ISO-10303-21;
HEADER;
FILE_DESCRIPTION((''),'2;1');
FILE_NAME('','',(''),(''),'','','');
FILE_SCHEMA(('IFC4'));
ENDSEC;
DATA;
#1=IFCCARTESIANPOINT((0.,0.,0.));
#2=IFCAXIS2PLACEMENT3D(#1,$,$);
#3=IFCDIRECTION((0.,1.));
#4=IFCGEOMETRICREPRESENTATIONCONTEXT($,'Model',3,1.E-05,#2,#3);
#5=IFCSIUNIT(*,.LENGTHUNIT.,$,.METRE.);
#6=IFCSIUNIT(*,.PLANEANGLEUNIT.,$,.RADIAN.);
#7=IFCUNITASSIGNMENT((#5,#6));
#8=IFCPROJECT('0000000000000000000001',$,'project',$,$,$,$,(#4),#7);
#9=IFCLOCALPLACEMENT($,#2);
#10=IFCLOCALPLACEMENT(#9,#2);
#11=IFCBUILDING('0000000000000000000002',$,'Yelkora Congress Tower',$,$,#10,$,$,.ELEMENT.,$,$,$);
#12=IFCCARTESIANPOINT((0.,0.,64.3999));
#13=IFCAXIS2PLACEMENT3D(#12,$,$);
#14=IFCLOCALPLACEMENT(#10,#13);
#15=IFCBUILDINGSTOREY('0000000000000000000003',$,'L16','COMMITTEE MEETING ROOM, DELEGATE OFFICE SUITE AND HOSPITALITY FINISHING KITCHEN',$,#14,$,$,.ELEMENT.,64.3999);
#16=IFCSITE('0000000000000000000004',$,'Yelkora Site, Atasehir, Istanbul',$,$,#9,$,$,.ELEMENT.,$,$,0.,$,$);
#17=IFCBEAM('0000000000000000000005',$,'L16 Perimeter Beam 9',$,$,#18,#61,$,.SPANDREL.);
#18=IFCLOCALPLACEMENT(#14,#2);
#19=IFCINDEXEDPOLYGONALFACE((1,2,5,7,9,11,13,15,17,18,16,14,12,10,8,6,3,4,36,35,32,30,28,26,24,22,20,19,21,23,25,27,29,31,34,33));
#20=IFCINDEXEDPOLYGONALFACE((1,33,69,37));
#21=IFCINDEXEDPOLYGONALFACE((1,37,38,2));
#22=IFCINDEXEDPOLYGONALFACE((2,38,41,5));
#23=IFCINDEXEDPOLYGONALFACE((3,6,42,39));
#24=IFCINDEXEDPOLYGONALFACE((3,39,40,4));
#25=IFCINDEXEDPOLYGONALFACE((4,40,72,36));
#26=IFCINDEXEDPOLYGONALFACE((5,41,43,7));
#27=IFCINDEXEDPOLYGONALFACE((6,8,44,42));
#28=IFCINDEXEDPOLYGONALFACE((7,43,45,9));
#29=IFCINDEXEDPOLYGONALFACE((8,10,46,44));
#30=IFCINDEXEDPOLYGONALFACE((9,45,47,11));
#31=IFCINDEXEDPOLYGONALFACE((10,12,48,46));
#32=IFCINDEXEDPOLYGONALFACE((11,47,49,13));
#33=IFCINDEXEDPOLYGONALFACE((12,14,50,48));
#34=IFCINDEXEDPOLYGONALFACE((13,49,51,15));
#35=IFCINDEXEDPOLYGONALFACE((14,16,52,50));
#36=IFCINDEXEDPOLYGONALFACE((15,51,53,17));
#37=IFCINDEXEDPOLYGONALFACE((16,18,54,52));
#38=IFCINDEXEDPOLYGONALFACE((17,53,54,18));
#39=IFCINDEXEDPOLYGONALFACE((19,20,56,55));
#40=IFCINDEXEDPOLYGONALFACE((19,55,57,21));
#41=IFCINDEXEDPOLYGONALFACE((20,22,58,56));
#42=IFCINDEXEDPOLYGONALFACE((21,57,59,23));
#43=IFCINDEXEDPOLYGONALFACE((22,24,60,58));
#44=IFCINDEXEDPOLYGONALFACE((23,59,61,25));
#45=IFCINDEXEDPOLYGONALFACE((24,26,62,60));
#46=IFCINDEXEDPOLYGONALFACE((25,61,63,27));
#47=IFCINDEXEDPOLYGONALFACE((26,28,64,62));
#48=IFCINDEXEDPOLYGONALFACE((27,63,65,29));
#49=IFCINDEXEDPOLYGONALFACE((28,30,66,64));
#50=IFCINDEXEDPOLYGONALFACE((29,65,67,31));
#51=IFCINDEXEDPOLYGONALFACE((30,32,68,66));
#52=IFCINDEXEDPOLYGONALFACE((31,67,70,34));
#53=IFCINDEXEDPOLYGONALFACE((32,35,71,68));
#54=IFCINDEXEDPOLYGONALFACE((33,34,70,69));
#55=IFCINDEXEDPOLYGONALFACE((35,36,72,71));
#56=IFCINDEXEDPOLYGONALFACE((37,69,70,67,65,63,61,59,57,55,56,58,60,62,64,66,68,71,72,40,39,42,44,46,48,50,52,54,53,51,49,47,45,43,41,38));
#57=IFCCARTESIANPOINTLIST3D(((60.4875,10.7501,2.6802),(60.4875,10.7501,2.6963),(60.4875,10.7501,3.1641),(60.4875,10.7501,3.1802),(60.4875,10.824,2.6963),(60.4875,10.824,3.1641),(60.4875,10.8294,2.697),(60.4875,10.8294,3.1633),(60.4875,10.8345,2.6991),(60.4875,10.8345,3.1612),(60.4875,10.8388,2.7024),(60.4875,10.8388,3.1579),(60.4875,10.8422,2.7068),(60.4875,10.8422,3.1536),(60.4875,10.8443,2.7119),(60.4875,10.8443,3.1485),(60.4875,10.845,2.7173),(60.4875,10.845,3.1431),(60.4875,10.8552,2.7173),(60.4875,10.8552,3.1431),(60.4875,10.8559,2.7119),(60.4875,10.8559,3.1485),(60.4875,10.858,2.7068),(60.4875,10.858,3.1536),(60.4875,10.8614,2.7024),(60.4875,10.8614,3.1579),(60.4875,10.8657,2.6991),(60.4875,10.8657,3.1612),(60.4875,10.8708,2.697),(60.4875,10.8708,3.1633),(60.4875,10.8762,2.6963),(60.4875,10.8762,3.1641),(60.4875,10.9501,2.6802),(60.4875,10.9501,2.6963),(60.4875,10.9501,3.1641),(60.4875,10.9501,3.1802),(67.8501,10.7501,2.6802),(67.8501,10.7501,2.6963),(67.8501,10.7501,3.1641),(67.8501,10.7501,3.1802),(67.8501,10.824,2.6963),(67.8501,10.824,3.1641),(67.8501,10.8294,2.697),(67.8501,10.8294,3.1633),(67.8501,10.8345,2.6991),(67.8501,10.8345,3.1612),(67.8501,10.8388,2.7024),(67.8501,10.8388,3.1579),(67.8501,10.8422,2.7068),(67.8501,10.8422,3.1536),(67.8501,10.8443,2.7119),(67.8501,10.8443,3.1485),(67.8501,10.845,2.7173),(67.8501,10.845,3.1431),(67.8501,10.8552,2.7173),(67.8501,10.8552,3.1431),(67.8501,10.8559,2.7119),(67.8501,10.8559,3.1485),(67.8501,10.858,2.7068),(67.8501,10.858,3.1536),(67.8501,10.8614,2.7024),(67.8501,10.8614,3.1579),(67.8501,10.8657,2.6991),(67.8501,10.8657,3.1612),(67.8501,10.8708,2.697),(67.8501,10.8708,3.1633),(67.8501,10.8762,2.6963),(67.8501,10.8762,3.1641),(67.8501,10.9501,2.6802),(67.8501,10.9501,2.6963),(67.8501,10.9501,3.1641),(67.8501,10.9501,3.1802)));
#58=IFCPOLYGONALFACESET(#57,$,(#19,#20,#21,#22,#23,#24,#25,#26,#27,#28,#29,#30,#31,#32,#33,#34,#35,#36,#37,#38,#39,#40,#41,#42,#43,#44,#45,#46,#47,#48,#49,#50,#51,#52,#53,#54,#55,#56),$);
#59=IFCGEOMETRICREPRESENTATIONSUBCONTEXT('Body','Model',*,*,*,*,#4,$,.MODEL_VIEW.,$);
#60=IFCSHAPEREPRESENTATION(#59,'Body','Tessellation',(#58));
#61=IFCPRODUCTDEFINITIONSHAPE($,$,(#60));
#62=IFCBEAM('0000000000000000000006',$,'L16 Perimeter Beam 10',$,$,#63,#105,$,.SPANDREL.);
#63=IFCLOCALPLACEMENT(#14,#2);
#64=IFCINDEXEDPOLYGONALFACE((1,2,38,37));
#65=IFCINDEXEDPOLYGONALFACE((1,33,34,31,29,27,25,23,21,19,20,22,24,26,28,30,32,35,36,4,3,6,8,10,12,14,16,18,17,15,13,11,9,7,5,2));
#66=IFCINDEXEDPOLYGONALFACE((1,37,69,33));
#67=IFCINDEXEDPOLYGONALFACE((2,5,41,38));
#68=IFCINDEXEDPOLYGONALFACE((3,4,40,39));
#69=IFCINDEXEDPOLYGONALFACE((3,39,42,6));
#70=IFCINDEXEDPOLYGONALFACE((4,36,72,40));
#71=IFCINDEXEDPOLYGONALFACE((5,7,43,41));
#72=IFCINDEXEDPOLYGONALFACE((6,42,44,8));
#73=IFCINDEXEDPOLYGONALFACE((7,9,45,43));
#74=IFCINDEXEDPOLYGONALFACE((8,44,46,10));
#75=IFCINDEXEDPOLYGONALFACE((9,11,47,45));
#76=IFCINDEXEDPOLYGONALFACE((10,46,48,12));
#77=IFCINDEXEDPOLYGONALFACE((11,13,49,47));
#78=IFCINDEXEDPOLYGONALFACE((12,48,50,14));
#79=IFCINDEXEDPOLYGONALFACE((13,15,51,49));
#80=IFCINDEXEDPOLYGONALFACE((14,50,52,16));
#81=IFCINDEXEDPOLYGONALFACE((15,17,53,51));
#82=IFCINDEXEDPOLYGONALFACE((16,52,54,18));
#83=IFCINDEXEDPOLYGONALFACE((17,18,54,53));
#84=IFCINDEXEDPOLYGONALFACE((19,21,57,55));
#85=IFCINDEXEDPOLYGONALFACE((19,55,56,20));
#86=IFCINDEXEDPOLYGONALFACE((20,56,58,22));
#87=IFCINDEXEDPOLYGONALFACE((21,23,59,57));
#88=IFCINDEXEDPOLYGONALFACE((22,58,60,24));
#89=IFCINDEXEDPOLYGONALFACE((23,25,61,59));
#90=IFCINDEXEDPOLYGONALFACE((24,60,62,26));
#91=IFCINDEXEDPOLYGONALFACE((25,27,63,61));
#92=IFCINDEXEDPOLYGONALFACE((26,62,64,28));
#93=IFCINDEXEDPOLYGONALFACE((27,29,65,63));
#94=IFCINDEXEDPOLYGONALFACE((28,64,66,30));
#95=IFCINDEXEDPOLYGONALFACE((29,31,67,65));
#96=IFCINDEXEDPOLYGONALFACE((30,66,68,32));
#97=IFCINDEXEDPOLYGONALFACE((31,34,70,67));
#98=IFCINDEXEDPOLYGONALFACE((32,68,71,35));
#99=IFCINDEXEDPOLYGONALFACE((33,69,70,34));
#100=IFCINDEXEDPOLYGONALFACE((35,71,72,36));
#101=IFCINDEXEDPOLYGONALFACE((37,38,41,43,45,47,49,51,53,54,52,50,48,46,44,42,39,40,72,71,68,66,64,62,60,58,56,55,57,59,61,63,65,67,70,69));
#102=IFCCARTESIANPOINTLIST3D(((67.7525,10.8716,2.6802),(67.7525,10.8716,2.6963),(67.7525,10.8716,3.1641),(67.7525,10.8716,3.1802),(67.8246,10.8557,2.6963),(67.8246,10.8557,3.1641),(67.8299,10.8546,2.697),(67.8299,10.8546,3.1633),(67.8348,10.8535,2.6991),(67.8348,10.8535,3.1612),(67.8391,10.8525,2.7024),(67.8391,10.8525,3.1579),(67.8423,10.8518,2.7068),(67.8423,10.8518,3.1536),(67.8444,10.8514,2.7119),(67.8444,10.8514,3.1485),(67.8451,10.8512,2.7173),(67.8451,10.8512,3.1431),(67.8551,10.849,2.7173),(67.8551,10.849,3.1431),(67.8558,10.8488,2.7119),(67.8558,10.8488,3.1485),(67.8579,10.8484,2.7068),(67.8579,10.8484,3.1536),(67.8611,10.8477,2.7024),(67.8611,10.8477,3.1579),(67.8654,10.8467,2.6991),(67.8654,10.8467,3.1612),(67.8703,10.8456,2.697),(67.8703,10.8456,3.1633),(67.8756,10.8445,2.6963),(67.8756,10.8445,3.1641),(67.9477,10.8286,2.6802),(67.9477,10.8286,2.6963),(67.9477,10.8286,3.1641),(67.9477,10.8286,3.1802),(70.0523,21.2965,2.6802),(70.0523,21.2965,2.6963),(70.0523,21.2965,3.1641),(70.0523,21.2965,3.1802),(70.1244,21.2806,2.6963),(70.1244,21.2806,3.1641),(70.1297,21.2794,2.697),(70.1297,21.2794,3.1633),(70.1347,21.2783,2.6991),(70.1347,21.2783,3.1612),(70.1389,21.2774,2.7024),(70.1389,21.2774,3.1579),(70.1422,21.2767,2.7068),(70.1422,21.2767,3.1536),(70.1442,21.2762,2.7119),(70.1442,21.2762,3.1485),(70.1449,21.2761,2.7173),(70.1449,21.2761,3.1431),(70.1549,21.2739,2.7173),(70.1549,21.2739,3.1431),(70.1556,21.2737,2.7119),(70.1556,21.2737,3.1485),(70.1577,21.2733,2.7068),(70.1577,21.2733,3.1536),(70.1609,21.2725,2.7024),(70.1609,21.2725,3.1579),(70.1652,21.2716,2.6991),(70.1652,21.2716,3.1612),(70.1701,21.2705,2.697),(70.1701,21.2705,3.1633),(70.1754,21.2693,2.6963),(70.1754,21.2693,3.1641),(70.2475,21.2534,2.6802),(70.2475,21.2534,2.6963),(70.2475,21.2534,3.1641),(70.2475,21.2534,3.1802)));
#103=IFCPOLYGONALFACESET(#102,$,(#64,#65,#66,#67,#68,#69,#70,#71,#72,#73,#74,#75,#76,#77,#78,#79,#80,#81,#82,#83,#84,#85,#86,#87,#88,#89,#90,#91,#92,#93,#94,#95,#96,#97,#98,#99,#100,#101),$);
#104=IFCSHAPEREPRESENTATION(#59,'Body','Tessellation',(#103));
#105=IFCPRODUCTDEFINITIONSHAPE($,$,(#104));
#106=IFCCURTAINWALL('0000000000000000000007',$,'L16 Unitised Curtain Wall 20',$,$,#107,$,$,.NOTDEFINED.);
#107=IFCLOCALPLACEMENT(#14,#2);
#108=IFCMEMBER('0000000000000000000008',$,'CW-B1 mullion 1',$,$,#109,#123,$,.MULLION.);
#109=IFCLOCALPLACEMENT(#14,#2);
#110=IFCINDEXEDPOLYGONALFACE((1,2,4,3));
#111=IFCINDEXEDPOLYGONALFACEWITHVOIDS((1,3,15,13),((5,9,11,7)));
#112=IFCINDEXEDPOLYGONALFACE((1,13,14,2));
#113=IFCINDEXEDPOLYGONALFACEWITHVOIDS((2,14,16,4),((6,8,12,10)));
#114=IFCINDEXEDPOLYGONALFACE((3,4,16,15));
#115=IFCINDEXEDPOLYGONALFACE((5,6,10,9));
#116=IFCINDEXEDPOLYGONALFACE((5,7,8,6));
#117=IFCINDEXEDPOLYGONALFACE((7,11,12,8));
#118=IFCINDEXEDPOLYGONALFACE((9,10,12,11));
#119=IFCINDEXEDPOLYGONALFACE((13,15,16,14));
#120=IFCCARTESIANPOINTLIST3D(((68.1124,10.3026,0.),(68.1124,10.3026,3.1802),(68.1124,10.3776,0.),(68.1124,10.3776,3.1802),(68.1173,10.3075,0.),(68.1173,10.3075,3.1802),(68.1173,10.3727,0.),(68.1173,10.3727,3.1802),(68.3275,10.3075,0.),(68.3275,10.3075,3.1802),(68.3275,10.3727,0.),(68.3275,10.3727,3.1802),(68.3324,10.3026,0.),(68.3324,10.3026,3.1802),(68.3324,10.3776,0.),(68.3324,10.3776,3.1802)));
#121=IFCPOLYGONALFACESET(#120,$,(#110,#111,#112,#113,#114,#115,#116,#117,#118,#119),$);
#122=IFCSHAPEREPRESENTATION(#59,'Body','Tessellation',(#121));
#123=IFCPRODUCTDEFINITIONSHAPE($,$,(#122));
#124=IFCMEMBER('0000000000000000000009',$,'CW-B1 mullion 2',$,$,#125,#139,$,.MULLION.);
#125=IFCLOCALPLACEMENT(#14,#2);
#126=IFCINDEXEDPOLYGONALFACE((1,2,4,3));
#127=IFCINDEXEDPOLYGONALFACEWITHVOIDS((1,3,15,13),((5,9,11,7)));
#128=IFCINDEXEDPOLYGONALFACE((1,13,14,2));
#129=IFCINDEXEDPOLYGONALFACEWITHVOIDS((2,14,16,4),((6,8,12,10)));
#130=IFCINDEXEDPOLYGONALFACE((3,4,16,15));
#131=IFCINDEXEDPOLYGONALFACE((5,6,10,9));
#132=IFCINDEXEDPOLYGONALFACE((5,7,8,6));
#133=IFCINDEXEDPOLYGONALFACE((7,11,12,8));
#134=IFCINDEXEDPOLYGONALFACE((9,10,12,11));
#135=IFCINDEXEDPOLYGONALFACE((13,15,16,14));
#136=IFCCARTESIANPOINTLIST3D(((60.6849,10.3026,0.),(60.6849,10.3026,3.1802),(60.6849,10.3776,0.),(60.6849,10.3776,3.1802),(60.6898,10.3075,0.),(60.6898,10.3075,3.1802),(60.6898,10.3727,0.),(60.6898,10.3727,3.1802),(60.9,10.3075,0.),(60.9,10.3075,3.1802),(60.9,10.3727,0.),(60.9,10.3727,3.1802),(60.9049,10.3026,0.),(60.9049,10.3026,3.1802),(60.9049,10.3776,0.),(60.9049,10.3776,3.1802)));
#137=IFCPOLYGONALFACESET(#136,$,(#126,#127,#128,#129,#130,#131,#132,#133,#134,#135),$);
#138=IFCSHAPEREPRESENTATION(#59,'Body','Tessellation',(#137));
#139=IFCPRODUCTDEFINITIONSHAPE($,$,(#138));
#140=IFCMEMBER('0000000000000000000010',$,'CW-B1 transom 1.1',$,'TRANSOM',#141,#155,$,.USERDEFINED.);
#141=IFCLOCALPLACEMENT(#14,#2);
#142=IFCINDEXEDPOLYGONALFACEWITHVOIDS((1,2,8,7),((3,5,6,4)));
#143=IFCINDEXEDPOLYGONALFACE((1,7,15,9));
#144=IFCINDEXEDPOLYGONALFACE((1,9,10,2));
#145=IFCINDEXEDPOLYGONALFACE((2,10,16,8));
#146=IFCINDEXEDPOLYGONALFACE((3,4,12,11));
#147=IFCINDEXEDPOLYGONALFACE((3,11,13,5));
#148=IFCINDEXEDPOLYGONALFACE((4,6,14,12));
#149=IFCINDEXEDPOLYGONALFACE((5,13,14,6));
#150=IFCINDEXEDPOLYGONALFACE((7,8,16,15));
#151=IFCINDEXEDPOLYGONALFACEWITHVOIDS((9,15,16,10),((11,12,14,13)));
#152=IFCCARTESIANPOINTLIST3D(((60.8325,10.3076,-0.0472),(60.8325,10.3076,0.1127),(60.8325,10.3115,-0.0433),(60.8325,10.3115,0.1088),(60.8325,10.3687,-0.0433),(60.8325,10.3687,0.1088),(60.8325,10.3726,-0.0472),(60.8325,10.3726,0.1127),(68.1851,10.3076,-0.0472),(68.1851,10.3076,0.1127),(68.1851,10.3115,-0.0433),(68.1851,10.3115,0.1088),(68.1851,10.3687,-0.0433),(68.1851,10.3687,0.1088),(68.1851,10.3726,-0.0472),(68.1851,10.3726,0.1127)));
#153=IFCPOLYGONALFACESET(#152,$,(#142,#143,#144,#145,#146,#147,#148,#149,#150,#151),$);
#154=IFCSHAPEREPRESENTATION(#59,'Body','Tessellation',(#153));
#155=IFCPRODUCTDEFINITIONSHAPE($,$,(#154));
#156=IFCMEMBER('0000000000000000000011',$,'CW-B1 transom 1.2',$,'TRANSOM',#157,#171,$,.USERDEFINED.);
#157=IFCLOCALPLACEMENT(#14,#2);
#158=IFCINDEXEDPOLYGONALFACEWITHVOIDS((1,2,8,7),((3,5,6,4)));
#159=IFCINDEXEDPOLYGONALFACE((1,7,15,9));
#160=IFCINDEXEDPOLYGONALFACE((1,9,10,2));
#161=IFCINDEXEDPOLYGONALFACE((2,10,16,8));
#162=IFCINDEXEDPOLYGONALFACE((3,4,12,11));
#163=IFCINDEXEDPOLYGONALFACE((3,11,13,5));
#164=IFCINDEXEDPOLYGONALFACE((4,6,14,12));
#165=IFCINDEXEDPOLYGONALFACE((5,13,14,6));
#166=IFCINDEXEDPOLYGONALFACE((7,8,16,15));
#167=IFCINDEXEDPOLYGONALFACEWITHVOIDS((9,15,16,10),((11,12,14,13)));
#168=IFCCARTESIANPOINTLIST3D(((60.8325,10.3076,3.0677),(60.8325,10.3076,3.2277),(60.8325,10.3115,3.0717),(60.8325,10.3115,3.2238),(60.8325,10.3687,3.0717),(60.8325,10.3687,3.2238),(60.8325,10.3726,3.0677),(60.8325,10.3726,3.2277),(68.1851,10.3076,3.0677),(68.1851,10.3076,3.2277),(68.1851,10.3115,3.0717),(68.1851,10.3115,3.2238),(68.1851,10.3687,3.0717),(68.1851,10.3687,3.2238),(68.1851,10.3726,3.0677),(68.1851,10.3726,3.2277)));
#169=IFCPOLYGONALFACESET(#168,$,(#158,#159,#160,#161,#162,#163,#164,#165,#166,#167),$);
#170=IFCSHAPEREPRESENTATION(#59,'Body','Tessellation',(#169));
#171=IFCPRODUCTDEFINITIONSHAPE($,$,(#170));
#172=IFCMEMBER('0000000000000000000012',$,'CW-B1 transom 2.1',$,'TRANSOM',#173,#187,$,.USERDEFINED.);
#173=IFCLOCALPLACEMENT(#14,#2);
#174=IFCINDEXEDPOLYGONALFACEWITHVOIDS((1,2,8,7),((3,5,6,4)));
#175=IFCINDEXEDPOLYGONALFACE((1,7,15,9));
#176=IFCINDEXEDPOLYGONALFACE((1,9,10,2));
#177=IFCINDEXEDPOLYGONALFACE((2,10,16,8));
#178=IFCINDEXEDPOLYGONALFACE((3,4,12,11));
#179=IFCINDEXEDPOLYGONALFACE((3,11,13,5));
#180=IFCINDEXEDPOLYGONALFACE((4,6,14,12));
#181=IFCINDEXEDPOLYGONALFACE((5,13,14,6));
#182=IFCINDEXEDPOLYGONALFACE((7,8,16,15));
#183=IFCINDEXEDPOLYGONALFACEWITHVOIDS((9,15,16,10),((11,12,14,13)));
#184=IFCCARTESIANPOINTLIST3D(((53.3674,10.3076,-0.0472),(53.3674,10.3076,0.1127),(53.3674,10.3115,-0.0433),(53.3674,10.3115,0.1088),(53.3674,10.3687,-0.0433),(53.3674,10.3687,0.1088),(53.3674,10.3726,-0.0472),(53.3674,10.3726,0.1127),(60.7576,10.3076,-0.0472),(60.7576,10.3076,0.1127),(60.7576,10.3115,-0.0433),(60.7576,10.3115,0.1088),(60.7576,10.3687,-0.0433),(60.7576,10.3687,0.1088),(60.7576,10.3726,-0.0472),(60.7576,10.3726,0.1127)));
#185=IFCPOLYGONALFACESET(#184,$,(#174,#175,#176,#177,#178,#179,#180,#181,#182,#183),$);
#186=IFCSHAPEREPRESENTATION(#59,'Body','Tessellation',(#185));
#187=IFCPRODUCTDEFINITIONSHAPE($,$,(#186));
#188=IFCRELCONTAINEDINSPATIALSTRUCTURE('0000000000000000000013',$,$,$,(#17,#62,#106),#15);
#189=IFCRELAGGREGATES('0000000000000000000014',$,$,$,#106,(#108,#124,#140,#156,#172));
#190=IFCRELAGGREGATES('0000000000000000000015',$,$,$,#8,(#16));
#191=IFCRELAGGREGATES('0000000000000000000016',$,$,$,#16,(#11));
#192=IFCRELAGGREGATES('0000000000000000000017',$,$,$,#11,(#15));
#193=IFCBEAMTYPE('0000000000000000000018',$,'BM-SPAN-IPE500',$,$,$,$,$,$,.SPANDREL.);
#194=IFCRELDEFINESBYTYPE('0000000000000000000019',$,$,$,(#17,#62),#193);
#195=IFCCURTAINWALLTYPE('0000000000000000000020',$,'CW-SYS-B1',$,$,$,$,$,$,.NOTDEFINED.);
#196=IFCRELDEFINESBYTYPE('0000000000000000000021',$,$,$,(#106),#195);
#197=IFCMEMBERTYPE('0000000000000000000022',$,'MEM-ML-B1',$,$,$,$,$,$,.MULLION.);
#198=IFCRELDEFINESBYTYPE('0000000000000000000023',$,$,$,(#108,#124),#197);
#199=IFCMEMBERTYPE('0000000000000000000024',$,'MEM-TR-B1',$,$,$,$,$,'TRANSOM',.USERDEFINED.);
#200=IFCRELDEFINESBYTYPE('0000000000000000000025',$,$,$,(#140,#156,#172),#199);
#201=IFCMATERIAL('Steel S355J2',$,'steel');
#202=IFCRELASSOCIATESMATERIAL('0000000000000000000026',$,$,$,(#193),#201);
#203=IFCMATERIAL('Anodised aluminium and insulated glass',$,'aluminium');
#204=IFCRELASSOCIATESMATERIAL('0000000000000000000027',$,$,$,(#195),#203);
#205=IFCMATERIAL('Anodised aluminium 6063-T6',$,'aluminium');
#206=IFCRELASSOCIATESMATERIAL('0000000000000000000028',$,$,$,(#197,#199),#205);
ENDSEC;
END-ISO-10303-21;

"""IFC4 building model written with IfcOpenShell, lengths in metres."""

from ifc_helpers import new_model, si_unit, direction, frame, origin, origin_2d, place, context, subcontext, project, spatial, hollow_rectangle, i_section, extrude, material, material_profile, profile_set, type_object, element, aggregate, save


model = new_model("IFC4")

# Units and contexts
model_context = context("Model", 3, precision=1e-05, world=origin(), true_north=direction((0.0, 1.0)))
body_context = subcontext(model_context, "Body", "Model", "MODEL_VIEW")
ifc_project = project(units=[si_unit("LENGTHUNIT", "METRE"), si_unit("PLANEANGLEUNIT", "RADIAN")], contexts=[model_context])

# Site, building, storey
site_placement = place(None, origin())
site = spatial("IfcSite", under=ifc_project, at=site_placement, Name="Yelkora Site, Atasehir, Istanbul", CompositionType="ELEMENT", RefElevation=0.0)
building_placement = place(site_placement, origin())
building = spatial("IfcBuilding", under=site, at=building_placement, Name="Yelkora Congress Tower", CompositionType="ELEMENT")
storey_placement = place(building_placement, frame((0.0, 0.0, 64.3999)))
storey = spatial("IfcBuildingStorey", under=building, at=storey_placement, Name="L16", Description="COMMITTEE MEETING ROOM, DELEGATE OFFICE SUITE AND HOSPITALITY FINISHING KITCHEN", CompositionType="ELEMENT", Elevation=64.3999)

# Beams
ifc_material_1 = material(Name="Steel S355J2", Category="steel")
ifc_material_profile_1 = material_profile(ifc_material_1, i_section(OverallWidth=0.2, OverallDepth=0.5, WebThickness=0.0103, FlangeThickness=0.0161, FilletRadius=0.021, at=origin_2d()), Name="IPE 500")
ifc_profile_set_1 = profile_set([ifc_material_profile_1], Name="Steel S355J2")
beam_type_1 = type_object("IfcBeamType", Name="BM-SPAN-IPE500", PredefinedType="SPANDREL", material=ifc_profile_set_1)
beam_1_placement = place(storey_placement, frame((60.4875, 10.8501, 2.9302), z_axis=(1.0, 0.0, 0.0), x_axis=(0.0, 1.0, 0.0)))
element("IfcBeam", 1, at=beam_1_placement, inside=storey, type_object=beam_type_1, Name="L16 Perimeter Beam 9", PredefinedType="SPANDREL", context=body_context, shape_type="SweptSolid", body=[
    extrude(i_section(OverallWidth=0.2, OverallDepth=0.5, WebThickness=0.0103, FlangeThickness=0.0161, FilletRadius=0.021, at=origin_2d()), origin(), (0.0, 0.0, 1.0), 7.3625),
])
beam_2_placement = place(storey_placement, frame((67.8501, 10.8501, 2.9302), z_axis=(0.215429, 0.97652, 0.0), x_axis=(-0.97652, 0.215429, 0.0)))
element("IfcBeam", 2, at=beam_2_placement, inside=storey, type_object=beam_type_1, Name="L16 Perimeter Beam 10", PredefinedType="SPANDREL", context=body_context, shape_type="SweptSolid", body=[
    extrude(i_section(OverallWidth=0.2, OverallDepth=0.5, WebThickness=0.0103, FlangeThickness=0.0161, FilletRadius=0.021, at=origin_2d()), origin(), (0.0, 0.0, 1.0), 10.6755),
])

# Curtain wall, members
ifc_material_2 = material(Name="Anodised aluminium and insulated glass", Category="aluminium")
curtain_wall_type = type_object("IfcCurtainWallType", Name="CW-SYS-B1", PredefinedType="NOTDEFINED", material=ifc_material_2)
curtain_wall_placement = place(storey_placement, origin())
curtain_wall = element("IfcCurtainWall", 3, at=curtain_wall_placement, inside=storey, type_object=curtain_wall_type, Name="L16 Unitised Curtain Wall 20", PredefinedType="NOTDEFINED")
ifc_material_3 = material(Name="Anodised aluminium 6063-T6", Category="aluminium")
ifc_material_profile_2 = material_profile(ifc_material_3, hollow_rectangle(XDim=0.075, YDim=0.22, WallThickness=0.0049, at=origin_2d()), Name="ALU 75x220x5")
ifc_profile_set_2 = profile_set([ifc_material_profile_2], Name="Anodised aluminium 6063-T6")
member_type_1 = type_object("IfcMemberType", Name="MEM-ML-B1", PredefinedType="MULLION", material=ifc_profile_set_2)
member_1_placement = place(storey_placement, frame((68.2224, 10.3401, 0.0), z_axis=(0.0, 0.0, 1.0), x_axis=(0.0, -1.0, 0.0)))
member_1 = element("IfcMember", 4, at=member_1_placement, type_object=member_type_1, Name="CW-B1 mullion 1", PredefinedType="MULLION", context=body_context, shape_type="SweptSolid", body=[
    extrude(hollow_rectangle(XDim=0.075, YDim=0.22, WallThickness=0.0049, at=origin_2d()), origin(), (0.0, 0.0, 1.0), 3.1802),
])
member_2_placement = place(storey_placement, frame((60.7949, 10.3401, 0.0), z_axis=(0.0, 0.0, 1.0), x_axis=(0.0, -1.0, 0.0)))
member_2 = element("IfcMember", 5, at=member_2_placement, type_object=member_type_1, Name="CW-B1 mullion 2", PredefinedType="MULLION", context=body_context, shape_type="SweptSolid", body=[
    extrude(hollow_rectangle(XDim=0.075, YDim=0.22, WallThickness=0.0049, at=origin_2d()), origin(), (0.0, 0.0, 1.0), 3.1802),
])
ifc_material_profile_3 = material_profile(ifc_material_3, hollow_rectangle(XDim=0.0649, YDim=0.1599, WallThickness=0.0039, at=origin_2d()), Name="ALU 65x160x4")
ifc_profile_set_3 = profile_set([ifc_material_profile_3], Name="Anodised aluminium 6063-T6")
member_type_2 = type_object("IfcMemberType", Name="MEM-TR-B1", ElementType="TRANSOM", PredefinedType="USERDEFINED", material=ifc_profile_set_3)
member_3_placement = place(storey_placement, frame((68.1851, 10.3401, 0.0327), z_axis=(-1.0, 0.0, 0.0), x_axis=(0.0, -1.0, 0.0)))
member_3 = element("IfcMember", 6, at=member_3_placement, type_object=member_type_2, Name="CW-B1 transom 1.1", ObjectType="TRANSOM", PredefinedType="USERDEFINED", context=body_context, shape_type="SweptSolid", body=[
    extrude(hollow_rectangle(XDim=0.0649, YDim=0.1599, WallThickness=0.0039, at=origin_2d()), origin(), (0.0, 0.0, 1.0), 7.3525),
])
member_4_placement = place(storey_placement, frame((68.1851, 10.3401, 3.1477), z_axis=(-1.0, 0.0, 0.0), x_axis=(0.0, -1.0, 0.0)))
member_4 = element("IfcMember", 7, at=member_4_placement, type_object=member_type_2, Name="CW-B1 transom 1.2", ObjectType="TRANSOM", PredefinedType="USERDEFINED", context=body_context, shape_type="SweptSolid", body=[
    extrude(hollow_rectangle(XDim=0.0649, YDim=0.1599, WallThickness=0.0039, at=origin_2d()), origin(), (0.0, 0.0, 1.0), 7.3525),
])
member_5_placement = place(storey_placement, frame((60.7576, 10.3401, 0.0327), z_axis=(-1.0, 0.0, 0.0), x_axis=(0.0, -1.0, 0.0)))
member_5 = element("IfcMember", 8, at=member_5_placement, type_object=member_type_2, Name="CW-B1 transom 2.1", ObjectType="TRANSOM", PredefinedType="USERDEFINED", context=body_context, shape_type="SweptSolid", body=[
    extrude(hollow_rectangle(XDim=0.0649, YDim=0.1599, WallThickness=0.0039, at=origin_2d()), origin(), (0.0, 0.0, 1.0), 7.3901),
])
aggregate(curtain_wall, [member_1, member_2, member_3, member_4, member_5])

save(model, "model.ifc")
